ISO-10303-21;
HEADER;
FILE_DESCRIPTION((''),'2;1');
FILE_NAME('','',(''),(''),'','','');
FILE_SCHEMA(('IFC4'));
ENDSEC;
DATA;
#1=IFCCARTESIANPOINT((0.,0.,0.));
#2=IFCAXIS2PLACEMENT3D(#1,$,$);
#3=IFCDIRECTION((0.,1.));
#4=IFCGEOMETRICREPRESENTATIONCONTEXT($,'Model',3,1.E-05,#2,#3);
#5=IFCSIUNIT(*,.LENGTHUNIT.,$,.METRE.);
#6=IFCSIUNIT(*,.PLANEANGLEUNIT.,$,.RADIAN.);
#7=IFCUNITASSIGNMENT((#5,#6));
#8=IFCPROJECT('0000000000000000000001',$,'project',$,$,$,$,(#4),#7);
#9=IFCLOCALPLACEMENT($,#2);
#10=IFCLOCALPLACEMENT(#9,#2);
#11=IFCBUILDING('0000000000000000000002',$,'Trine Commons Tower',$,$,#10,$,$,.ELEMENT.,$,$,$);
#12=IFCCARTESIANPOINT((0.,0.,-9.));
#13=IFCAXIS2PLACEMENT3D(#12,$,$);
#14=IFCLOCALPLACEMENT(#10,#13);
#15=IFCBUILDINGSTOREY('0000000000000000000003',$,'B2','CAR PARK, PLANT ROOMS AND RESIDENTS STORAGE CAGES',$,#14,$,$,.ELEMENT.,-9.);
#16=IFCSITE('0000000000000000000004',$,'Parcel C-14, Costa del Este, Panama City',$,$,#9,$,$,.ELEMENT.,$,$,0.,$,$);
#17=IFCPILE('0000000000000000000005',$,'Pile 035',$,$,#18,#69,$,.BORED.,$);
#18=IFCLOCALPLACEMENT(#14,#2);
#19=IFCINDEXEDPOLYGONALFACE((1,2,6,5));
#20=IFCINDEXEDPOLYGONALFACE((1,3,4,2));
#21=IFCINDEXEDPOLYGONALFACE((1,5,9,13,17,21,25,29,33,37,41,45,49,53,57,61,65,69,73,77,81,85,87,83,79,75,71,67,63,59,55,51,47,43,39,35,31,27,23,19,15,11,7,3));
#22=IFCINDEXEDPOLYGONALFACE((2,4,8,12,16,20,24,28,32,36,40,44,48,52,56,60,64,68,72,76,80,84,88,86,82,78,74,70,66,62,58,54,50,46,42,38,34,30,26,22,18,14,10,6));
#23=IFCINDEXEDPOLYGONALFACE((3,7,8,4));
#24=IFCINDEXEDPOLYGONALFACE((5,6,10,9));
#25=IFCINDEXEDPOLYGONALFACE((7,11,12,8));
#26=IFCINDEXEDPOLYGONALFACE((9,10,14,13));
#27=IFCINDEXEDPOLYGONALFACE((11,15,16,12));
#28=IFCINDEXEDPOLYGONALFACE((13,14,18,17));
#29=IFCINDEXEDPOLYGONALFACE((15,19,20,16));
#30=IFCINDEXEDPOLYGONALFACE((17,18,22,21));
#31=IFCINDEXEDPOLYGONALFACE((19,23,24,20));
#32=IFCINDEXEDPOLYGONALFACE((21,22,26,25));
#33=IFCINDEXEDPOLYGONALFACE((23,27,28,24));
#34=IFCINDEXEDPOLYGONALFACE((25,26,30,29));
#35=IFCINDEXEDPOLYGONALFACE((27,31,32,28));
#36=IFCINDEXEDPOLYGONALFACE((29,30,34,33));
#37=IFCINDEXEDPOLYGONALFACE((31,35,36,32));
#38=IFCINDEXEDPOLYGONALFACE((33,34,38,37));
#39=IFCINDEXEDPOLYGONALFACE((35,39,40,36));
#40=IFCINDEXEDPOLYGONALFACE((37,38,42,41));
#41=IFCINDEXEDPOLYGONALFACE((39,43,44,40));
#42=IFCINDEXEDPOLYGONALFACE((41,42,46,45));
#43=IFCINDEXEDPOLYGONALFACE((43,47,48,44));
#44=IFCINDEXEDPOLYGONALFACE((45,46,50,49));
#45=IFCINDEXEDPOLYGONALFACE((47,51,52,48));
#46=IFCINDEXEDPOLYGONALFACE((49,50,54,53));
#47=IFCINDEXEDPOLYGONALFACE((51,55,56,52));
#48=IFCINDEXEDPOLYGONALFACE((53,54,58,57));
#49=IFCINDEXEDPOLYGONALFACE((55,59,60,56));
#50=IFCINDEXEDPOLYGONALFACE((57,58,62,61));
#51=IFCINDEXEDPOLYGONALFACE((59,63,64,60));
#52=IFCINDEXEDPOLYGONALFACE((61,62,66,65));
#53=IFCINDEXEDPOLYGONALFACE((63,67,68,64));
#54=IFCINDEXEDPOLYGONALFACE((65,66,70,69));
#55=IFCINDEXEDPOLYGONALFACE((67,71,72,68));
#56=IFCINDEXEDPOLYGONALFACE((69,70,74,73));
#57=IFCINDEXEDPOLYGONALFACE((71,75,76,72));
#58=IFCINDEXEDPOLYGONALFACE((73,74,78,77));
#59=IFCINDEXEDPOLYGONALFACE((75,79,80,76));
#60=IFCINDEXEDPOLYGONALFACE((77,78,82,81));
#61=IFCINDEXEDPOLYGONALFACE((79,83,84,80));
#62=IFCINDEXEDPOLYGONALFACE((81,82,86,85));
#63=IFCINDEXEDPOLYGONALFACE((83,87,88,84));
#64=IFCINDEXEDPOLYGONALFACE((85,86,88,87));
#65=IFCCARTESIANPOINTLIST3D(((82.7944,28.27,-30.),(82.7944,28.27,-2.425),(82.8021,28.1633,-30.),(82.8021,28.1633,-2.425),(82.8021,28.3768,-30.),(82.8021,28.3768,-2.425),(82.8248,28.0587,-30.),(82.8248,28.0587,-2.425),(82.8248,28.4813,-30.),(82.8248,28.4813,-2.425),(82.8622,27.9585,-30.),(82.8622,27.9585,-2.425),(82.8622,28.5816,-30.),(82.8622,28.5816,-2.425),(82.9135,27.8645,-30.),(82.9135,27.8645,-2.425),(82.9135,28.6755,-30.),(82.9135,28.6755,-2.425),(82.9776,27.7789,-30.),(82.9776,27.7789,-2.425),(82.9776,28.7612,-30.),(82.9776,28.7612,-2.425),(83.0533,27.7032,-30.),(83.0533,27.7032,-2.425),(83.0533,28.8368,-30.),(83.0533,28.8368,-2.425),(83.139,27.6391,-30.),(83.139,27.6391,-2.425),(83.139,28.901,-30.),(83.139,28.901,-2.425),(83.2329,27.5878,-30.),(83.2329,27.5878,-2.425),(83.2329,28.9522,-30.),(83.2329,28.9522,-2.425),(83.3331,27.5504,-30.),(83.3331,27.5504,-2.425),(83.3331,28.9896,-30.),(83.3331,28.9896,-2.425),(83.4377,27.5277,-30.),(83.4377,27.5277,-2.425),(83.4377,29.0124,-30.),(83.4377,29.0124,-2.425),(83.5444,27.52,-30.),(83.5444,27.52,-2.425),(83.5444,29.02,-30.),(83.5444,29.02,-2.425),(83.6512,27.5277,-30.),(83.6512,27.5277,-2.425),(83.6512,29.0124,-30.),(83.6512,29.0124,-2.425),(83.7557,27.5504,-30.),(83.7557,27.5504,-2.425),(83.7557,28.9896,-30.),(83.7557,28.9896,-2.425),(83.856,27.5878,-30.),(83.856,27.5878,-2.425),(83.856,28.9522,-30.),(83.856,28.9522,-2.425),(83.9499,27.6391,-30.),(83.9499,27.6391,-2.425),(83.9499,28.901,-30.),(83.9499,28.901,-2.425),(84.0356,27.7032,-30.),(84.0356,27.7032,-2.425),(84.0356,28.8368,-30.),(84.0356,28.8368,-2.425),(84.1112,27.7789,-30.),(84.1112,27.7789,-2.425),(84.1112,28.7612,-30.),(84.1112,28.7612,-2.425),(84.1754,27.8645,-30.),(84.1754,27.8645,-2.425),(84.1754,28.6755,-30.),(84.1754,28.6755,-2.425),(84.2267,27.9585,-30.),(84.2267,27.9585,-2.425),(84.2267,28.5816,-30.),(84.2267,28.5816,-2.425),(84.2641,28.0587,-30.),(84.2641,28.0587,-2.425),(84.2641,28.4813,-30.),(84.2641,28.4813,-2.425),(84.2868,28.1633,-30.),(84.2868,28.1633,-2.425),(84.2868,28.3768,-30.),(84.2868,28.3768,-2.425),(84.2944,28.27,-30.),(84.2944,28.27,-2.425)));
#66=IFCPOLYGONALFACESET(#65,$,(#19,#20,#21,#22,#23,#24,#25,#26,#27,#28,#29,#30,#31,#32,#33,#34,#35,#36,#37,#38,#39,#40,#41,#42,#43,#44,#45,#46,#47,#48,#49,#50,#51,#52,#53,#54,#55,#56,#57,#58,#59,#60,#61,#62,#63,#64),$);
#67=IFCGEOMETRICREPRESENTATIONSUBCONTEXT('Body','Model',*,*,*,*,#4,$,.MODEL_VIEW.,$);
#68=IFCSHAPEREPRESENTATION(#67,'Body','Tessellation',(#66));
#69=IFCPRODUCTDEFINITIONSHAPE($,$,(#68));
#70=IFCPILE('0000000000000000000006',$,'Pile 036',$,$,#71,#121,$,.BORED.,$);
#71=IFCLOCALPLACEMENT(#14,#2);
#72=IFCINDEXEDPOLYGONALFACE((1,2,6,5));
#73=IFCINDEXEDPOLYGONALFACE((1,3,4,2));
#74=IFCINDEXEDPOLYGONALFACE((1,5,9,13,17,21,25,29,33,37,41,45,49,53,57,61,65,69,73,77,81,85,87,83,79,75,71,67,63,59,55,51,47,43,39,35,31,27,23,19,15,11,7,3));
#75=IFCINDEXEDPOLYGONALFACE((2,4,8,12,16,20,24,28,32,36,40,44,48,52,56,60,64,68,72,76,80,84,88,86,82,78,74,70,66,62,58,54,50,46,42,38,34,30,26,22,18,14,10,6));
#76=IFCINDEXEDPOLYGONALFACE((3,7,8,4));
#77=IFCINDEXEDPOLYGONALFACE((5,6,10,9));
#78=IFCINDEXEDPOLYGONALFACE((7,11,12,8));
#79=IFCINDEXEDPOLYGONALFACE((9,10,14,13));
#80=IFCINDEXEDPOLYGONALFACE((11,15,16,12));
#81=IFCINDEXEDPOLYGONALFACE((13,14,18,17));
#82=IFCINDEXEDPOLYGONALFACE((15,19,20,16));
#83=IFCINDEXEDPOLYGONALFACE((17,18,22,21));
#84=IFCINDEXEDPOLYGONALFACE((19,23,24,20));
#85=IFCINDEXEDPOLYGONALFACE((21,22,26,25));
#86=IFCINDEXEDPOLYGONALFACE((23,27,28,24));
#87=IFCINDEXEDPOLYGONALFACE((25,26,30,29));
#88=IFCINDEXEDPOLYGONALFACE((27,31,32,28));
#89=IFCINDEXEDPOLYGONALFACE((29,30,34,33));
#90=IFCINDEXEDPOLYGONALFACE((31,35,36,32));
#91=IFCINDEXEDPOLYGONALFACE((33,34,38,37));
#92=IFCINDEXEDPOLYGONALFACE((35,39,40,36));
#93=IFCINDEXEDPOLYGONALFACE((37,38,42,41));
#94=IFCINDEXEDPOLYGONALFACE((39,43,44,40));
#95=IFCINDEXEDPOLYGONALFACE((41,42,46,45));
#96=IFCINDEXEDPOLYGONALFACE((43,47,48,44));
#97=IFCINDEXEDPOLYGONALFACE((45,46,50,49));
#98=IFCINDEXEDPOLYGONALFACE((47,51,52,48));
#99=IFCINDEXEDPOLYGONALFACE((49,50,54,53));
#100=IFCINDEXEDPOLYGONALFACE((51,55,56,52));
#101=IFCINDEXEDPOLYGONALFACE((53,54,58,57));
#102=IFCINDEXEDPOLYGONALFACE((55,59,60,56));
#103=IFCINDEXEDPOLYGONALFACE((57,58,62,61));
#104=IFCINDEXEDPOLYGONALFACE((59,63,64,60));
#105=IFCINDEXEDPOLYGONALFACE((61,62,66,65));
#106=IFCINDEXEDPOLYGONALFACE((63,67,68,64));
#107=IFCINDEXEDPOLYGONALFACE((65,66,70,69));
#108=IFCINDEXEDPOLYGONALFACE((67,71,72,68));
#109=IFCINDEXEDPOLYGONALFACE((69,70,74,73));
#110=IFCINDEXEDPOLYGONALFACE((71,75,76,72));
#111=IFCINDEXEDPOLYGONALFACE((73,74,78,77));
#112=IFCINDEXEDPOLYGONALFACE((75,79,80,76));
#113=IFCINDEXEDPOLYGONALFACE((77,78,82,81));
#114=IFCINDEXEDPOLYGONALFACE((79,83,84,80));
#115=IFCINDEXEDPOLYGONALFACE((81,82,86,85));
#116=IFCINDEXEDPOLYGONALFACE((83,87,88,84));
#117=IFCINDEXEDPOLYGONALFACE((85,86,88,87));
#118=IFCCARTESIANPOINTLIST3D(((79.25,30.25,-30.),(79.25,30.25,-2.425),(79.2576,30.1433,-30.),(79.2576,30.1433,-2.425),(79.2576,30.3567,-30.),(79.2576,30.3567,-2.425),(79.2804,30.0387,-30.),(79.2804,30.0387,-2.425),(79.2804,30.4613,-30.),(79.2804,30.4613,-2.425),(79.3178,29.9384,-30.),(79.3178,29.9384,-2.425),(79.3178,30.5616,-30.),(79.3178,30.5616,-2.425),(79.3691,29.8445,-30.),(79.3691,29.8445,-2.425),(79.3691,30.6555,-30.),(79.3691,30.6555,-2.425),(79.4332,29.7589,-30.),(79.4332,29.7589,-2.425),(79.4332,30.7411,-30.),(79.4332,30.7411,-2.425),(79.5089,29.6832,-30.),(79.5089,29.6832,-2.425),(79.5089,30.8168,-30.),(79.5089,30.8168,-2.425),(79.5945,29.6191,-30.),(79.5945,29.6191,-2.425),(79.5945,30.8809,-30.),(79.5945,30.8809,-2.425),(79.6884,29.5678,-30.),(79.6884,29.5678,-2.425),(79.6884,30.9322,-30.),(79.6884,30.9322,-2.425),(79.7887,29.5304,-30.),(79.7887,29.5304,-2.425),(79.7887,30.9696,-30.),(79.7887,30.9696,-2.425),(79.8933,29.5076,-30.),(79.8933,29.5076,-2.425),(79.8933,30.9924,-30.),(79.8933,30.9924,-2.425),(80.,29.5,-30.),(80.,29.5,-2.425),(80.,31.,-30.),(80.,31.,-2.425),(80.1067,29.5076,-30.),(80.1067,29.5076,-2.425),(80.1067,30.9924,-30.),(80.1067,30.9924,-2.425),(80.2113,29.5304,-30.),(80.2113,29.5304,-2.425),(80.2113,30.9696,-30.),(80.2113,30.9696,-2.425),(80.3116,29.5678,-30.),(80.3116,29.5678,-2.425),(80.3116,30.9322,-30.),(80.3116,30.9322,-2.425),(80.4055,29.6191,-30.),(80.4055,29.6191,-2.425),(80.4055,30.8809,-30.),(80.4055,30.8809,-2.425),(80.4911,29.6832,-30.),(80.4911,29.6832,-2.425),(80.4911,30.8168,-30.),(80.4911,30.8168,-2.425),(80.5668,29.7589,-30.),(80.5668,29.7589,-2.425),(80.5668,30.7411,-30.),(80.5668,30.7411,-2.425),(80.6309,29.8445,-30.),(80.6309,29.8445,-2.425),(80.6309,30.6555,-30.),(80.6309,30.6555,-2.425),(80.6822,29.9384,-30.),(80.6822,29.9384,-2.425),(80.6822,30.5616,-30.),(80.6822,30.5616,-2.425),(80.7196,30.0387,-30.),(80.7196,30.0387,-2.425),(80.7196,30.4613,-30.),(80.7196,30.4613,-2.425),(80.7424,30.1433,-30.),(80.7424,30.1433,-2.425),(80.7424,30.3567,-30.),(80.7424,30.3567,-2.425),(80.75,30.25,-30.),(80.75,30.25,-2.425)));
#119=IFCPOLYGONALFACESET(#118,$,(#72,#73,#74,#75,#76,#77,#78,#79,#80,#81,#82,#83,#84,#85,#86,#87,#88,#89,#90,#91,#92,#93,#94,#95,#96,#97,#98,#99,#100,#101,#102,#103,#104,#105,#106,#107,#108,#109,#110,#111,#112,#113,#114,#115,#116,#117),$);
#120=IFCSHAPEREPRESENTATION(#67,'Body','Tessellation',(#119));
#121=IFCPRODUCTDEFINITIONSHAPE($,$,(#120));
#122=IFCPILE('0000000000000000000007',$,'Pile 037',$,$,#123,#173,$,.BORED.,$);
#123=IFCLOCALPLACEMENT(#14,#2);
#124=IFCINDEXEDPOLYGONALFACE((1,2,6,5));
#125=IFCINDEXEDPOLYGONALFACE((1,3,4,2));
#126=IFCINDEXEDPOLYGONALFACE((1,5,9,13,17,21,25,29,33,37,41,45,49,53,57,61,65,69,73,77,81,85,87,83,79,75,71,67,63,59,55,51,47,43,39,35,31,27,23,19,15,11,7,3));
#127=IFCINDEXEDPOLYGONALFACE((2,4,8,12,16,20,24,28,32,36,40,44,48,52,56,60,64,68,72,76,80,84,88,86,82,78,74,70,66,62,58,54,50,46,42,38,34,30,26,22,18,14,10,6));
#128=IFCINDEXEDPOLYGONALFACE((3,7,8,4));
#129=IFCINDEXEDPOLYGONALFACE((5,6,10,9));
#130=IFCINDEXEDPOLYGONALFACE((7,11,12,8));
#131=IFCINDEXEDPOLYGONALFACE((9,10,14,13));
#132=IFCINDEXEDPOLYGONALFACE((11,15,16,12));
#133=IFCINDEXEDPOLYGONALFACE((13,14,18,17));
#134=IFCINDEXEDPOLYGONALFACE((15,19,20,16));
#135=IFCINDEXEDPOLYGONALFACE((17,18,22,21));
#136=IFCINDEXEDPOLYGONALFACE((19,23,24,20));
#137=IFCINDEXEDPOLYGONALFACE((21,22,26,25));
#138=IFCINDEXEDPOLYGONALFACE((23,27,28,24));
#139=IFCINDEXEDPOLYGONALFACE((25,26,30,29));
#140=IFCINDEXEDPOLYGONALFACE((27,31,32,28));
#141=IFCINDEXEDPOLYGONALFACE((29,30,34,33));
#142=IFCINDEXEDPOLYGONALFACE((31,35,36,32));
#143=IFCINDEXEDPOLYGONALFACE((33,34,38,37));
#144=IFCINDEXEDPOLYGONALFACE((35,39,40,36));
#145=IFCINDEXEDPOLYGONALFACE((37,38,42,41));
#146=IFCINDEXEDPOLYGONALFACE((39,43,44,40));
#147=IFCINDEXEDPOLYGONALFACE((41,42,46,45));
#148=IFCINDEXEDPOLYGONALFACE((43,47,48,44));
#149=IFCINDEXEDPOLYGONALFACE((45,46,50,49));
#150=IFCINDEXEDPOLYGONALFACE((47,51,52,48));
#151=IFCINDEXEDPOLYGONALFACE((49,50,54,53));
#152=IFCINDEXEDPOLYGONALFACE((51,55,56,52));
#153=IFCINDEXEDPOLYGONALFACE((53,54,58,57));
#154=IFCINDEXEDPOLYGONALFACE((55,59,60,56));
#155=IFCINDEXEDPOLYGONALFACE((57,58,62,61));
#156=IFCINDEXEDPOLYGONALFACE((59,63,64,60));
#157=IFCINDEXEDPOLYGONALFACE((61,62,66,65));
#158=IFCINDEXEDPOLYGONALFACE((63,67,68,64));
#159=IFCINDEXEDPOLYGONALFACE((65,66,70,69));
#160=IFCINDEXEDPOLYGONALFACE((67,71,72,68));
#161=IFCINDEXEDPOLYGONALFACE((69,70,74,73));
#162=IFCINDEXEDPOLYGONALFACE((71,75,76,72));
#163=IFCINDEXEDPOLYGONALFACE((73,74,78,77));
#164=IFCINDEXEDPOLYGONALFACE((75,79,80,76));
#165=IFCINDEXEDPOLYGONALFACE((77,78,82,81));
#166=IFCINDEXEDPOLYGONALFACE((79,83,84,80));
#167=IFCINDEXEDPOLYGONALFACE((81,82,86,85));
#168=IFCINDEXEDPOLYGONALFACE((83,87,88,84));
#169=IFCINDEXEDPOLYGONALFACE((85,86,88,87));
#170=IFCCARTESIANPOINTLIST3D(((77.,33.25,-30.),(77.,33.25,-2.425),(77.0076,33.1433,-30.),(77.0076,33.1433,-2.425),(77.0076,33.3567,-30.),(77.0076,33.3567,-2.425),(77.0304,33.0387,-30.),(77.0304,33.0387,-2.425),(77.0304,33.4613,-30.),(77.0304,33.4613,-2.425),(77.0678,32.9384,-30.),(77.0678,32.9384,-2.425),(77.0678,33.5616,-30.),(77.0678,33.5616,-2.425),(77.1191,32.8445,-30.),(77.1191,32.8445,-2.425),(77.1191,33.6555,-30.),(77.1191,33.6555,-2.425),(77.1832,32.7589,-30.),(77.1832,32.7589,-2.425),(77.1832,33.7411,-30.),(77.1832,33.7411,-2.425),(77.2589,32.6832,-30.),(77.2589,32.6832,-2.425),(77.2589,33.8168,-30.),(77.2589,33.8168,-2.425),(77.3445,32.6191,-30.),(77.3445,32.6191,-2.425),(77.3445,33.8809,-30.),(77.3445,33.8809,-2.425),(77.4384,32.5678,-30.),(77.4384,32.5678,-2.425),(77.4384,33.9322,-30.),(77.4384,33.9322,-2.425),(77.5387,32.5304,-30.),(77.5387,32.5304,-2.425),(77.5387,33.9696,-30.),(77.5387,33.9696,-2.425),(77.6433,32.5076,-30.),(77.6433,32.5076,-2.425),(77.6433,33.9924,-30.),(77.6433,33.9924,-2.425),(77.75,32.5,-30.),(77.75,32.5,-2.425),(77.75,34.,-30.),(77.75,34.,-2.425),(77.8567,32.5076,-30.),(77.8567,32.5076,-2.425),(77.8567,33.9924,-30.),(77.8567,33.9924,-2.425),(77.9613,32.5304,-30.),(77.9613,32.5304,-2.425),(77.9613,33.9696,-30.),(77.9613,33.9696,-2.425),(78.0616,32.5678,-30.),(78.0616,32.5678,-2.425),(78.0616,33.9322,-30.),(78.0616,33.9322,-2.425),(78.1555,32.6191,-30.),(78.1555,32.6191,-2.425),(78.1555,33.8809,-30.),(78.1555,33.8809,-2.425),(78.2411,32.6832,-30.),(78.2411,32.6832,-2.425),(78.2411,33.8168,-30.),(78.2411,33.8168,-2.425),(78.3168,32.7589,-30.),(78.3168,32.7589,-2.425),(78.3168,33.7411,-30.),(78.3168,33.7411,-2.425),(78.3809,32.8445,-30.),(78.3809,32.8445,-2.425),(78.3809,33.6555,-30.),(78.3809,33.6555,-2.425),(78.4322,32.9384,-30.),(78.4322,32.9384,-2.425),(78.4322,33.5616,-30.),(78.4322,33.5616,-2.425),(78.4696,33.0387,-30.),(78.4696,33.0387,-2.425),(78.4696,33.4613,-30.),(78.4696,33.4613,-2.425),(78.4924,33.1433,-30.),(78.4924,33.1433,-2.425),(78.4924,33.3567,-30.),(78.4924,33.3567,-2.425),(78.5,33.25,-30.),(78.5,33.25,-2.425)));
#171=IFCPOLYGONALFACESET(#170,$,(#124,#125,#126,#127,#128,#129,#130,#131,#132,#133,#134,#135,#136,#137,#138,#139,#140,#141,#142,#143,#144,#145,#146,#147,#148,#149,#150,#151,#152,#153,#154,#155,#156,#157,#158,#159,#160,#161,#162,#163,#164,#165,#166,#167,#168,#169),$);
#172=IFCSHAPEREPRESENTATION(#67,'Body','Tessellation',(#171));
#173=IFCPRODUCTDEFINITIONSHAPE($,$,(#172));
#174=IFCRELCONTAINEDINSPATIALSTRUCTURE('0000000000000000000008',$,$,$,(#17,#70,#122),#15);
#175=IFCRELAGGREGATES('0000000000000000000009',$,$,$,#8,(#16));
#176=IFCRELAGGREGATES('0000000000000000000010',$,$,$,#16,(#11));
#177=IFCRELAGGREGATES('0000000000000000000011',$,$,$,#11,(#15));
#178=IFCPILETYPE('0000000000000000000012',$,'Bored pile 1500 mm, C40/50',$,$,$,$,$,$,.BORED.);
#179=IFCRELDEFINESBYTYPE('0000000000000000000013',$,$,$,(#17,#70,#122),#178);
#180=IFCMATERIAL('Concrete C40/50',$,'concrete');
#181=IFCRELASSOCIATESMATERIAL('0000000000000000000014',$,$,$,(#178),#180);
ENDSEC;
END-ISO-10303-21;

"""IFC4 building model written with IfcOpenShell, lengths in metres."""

from ifc_helpers import new_model, si_unit, direction, frame, origin, origin_2d, place, context, subcontext, project, spatial, circle, extrude, material, type_object, element, save


model = new_model("IFC4")

# Units and contexts
model_context = context("Model", 3, precision=1e-05, world=origin(), true_north=direction((0.0, 1.0)))
body_context = subcontext(model_context, "Body", "Model", "MODEL_VIEW")
ifc_project = project(units=[si_unit("LENGTHUNIT", "METRE"), si_unit("PLANEANGLEUNIT", "RADIAN")], contexts=[model_context])

# Site, building, storey
site_placement = place(None, origin())
site = spatial("IfcSite", under=ifc_project, at=site_placement, Name="Parcel C-14, Costa del Este, Panama City", CompositionType="ELEMENT", RefElevation=0.0)
building_placement = place(site_placement, origin())
building = spatial("IfcBuilding", under=site, at=building_placement, Name="Trine Commons Tower", CompositionType="ELEMENT")
storey_placement = place(building_placement, frame((0.0, 0.0, -9.0)))
storey = spatial("IfcBuildingStorey", under=building, at=storey_placement, Name="B2", Description="CAR PARK, PLANT ROOMS AND RESIDENTS STORAGE CAGES", CompositionType="ELEMENT", Elevation=-9.0)

# Piles
ifc_material_1 = material(Name="Concrete C40/50", Category="concrete")
pile_type_1 = type_object("IfcPileType", Name="Bored pile 1500 mm, C40/50", PredefinedType="BORED", material=ifc_material_1)
for number, where, z_axis, x_axis, name in (
    (1, (83.5444, 28.27, -2.425), (0.0, 0.0, -1.0), (1.0, 0.0, 0.0), "Pile 035"),
    (2, (80.0, 30.25, -2.425), (0.0, 0.0, -1.0), (1.0, 0.0, 0.0), "Pile 036"),
    (3, (77.75, 33.25, -2.425), (0.0, 0.0, -1.0), (1.0, 0.0, 0.0), "Pile 037"),
):
    element("IfcPile", number, at=place(storey_placement, frame(where, z_axis=z_axis, x_axis=x_axis)), inside=storey, type_object=pile_type_1, Name=name, PredefinedType="BORED", context=body_context, shape_type="SweptSolid", body=[
        extrude(circle(Radius=0.75, at=origin_2d()), origin(), (0.0, 0.0, 1.0), 27.575),
    ])

save(model, "model.ifc")
